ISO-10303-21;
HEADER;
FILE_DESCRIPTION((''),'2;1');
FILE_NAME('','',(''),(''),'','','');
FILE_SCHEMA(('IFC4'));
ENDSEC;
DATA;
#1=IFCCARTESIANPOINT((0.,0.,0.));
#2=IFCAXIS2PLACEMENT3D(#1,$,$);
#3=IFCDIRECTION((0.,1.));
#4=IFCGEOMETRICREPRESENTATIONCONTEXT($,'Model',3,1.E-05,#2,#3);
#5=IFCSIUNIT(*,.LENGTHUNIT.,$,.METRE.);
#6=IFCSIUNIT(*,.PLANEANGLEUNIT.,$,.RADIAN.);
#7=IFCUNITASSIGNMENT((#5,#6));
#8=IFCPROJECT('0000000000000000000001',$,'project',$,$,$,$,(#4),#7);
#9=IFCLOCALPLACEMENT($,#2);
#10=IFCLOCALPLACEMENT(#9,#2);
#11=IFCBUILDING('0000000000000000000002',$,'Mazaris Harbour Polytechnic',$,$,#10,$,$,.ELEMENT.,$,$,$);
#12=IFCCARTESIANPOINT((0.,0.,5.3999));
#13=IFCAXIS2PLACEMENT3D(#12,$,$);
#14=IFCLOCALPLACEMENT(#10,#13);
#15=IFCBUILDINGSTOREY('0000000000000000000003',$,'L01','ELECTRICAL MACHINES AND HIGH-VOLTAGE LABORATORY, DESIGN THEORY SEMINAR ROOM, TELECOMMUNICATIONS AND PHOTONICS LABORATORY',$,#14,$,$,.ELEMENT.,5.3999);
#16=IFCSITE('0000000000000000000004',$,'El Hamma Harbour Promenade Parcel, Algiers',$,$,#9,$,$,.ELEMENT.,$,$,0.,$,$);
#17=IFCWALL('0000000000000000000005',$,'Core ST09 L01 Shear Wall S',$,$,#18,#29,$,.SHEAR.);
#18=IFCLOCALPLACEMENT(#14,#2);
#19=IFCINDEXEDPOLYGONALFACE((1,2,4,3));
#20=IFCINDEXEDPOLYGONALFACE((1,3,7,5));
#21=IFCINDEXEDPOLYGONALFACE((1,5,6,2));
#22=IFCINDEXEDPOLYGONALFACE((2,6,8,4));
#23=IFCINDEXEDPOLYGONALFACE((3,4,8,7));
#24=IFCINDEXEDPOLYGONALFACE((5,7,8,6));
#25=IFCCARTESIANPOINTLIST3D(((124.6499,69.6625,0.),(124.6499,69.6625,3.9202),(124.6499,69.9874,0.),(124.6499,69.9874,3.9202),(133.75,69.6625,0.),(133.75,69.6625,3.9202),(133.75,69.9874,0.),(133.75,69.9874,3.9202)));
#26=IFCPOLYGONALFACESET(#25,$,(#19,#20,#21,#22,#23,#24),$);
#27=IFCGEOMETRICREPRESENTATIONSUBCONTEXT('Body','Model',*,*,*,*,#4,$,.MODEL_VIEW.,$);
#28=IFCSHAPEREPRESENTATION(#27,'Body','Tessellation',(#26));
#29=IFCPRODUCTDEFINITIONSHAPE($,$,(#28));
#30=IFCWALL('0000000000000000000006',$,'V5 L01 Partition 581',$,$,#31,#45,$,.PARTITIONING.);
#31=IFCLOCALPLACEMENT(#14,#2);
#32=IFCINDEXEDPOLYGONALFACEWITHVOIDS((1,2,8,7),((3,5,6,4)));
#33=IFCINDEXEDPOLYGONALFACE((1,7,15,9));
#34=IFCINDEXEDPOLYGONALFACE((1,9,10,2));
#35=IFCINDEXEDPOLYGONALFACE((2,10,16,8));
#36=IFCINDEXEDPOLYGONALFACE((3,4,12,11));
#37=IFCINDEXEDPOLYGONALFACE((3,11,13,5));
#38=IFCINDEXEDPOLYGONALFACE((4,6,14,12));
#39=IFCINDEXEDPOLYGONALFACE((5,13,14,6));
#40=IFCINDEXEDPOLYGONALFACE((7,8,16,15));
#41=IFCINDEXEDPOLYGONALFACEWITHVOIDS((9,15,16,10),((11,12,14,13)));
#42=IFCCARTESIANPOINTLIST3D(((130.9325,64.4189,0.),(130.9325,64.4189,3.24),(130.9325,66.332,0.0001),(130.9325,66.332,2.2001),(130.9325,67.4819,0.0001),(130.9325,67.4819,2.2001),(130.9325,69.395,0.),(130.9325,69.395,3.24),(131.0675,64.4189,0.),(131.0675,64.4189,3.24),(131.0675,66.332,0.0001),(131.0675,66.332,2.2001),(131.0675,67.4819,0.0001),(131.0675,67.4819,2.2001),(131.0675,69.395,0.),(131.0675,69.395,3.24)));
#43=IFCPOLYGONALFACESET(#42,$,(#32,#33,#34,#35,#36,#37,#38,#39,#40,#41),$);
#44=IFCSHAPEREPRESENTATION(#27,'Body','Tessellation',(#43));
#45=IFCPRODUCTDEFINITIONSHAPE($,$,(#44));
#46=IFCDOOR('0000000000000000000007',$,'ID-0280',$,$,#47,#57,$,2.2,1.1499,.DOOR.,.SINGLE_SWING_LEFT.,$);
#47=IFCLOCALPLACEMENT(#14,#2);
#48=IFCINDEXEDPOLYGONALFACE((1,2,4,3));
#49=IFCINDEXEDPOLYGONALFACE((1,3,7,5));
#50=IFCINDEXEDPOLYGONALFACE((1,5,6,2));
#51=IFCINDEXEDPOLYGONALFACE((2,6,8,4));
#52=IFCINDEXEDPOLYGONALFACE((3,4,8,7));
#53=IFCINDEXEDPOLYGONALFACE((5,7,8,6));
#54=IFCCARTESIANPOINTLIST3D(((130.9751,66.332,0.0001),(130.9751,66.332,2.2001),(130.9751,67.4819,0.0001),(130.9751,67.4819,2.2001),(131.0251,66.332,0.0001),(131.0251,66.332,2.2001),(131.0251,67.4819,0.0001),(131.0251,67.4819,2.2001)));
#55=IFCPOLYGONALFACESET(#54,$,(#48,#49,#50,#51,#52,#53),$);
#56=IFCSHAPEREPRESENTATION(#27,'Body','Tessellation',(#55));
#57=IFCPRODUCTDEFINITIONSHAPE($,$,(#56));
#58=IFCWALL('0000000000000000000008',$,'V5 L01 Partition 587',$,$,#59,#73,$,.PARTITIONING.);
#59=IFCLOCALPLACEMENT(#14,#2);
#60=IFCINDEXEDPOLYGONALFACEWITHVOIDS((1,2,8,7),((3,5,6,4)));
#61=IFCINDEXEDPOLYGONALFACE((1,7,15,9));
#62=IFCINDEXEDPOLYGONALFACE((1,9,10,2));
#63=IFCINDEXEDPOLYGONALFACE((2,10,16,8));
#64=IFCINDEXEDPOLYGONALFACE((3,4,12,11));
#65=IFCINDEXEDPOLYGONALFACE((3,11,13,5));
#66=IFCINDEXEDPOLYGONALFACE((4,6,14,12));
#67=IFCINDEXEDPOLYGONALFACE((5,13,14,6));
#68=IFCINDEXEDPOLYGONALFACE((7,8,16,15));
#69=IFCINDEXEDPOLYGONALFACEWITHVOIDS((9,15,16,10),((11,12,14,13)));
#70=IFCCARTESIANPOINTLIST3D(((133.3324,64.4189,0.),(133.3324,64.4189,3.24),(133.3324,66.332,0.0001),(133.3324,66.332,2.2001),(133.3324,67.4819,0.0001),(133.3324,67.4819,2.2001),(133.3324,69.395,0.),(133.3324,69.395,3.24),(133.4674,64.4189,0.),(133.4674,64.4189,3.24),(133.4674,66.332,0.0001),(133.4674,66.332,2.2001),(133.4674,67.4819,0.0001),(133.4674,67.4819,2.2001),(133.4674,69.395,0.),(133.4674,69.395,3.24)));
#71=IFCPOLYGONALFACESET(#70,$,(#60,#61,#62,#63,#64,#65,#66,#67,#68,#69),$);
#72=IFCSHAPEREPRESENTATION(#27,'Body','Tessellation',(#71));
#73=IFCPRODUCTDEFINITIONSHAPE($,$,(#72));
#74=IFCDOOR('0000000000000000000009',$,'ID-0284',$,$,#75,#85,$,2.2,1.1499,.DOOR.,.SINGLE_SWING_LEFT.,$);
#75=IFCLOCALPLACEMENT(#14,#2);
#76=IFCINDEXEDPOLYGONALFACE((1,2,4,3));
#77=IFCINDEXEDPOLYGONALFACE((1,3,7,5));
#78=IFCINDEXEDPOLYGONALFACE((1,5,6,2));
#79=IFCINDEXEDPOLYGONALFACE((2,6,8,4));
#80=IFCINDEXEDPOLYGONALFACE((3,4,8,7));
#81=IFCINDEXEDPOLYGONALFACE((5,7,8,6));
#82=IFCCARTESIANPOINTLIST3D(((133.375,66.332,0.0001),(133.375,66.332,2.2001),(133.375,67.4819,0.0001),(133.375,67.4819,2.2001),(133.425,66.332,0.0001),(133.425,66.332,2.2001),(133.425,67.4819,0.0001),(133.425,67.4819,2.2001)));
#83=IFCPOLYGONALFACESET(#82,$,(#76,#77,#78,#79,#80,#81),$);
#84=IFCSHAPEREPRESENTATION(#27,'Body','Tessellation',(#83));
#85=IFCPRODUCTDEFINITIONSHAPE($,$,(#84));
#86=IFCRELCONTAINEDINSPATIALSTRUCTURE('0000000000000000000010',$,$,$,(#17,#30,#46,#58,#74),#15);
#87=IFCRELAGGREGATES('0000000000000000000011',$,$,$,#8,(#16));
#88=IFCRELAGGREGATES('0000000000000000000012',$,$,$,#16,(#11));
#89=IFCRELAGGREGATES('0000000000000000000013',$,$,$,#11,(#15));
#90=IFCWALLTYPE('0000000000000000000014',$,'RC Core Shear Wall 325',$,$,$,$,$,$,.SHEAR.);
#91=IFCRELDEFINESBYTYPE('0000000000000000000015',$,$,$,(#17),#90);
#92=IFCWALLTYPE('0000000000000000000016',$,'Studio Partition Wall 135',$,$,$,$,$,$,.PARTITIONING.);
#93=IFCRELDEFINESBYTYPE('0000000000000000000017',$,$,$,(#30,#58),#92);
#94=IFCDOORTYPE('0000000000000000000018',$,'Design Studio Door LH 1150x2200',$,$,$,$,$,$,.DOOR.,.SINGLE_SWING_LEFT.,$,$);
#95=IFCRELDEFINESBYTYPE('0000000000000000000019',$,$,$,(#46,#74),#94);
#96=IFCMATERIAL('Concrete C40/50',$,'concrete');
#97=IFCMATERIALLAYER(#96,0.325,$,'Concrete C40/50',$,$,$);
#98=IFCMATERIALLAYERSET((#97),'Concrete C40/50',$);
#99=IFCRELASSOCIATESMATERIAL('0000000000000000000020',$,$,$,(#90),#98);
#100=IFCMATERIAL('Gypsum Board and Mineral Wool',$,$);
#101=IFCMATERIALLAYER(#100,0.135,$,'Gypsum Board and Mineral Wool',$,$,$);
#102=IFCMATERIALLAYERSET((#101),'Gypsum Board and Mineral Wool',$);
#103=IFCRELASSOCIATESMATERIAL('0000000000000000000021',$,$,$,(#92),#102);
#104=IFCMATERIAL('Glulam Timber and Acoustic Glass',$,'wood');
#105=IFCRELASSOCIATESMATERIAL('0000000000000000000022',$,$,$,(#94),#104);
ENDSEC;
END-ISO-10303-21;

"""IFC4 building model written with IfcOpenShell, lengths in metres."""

from ifc_helpers import new_model, si_unit, direction, frame, frame_2d, origin, place, context, subcontext, project, spatial, rectangle, extrude, material, layer, layer_set, type_object, element, fill, save


model = new_model("IFC4")

# Units and contexts
model_context = context("Model", 3, precision=1e-05, world=origin(), true_north=direction((0.0, 1.0)))
body_context = subcontext(model_context, "Body", "Model", "MODEL_VIEW")
ifc_project = project(units=[si_unit("LENGTHUNIT", "METRE"), si_unit("PLANEANGLEUNIT", "RADIAN")], contexts=[model_context])

# Site, building, storey
site_placement = place(None, origin())
site = spatial("IfcSite", under=ifc_project, at=site_placement, Name="El Hamma Harbour Promenade Parcel, Algiers", CompositionType="ELEMENT", RefElevation=0.0)
building_placement = place(site_placement, origin())
building = spatial("IfcBuilding", under=site, at=building_placement, Name="Mazaris Harbour Polytechnic", CompositionType="ELEMENT")
storey_placement = place(building_placement, frame((0.0, 0.0, 5.3999)))
storey = spatial("IfcBuildingStorey", under=building, at=storey_placement, Name="L01", Description="ELECTRICAL MACHINES AND HIGH-VOLTAGE LABORATORY, DESIGN THEORY SEMINAR ROOM, TELECOMMUNICATIONS AND PHOTONICS LABORATORY", CompositionType="ELEMENT", Elevation=5.3999)

# Wall
ifc_material_1 = material(Name="Concrete C40/50", Category="concrete")
ifc_layer_1 = layer(ifc_material_1, 0.325, Name="Concrete C40/50")
ifc_layer_set_1 = layer_set([ifc_layer_1], Name="Concrete C40/50")
wall_type_1 = type_object("IfcWallType", Name="RC Core Shear Wall 325", PredefinedType="SHEAR", material=ifc_layer_set_1)
wall_1_placement = place(storey_placement, frame((124.6499, 69.825, 0.0), z_axis=(0.0, 0.0, 1.0), x_axis=(1.0, 0.0, 0.0)))
element("IfcWall", 1, at=wall_1_placement, inside=storey, type_object=wall_type_1, Name="Core ST09 L01 Shear Wall S", PredefinedType="SHEAR", context=body_context, shape_type="SweptSolid", body=[
    extrude(rectangle(XDim=9.1001, YDim=0.325, at=frame_2d((4.55, 0.0))), origin(), (0.0, 0.0, 1.0), 3.9202),
])

# Walls, openings, doors
ifc_material_2 = material(Name="Gypsum Board and Mineral Wool")
ifc_layer_2 = layer(ifc_material_2, 0.135, Name="Gypsum Board and Mineral Wool")
ifc_layer_set_2 = layer_set([ifc_layer_2], Name="Gypsum Board and Mineral Wool")
wall_type_2 = type_object("IfcWallType", Name="Studio Partition Wall 135", PredefinedType="PARTITIONING", material=ifc_layer_set_2)
wall_2_placement = place(storey_placement, frame((131.0, 64.4189, 0.0), z_axis=(0.0, 0.0, 1.0), x_axis=(0.0, 1.0, 0.0)))
wall_2 = element("IfcWall", 2, at=wall_2_placement, inside=storey, type_object=wall_type_2, Name="V5 L01 Partition 581", PredefinedType="PARTITIONING", context=body_context, shape_type="SweptSolid", body=[
    extrude(rectangle(XDim=4.9761, YDim=0.135, at=frame_2d((2.488, 0.0))), origin(), (0.0, 0.0, 1.0), 3.24),
])
opening_1_placement = place(wall_2_placement, frame((1.9131, 0.0, 0.0)))
opening_1 = element("IfcOpeningElement", 3, at=opening_1_placement, cuts=wall_2, PredefinedType="OPENING", context=body_context, shape_type="SweptSolid", body=[
    extrude(rectangle(XDim=1.1499, YDim=2.2, at=frame_2d((0.575, 1.1001))), frame((0.0, 0.0774, 0.0), z_axis=(0.0, -1.0, 0.0), x_axis=(1.0, 0.0, 0.0)), (0.0, 0.0, 1.0), 0.155),
])
ifc_material_3 = material(Name="Glulam Timber and Acoustic Glass", Category="wood")
door_type = type_object("IfcDoorType", Name="Design Studio Door LH 1150x2200", OperationType="SINGLE_SWING_LEFT", PredefinedType="DOOR", material=ifc_material_3)
door_1_placement = place(opening_1_placement, origin())
door_1 = element("IfcDoor", 4, at=door_1_placement, inside=storey, type_object=door_type, Name="ID-0280", OperationType="SINGLE_SWING_LEFT", OverallHeight=2.2, OverallWidth=1.1499, PredefinedType="DOOR", context=body_context, shape_type="SweptSolid", body=[
    extrude(rectangle(XDim=1.1499, YDim=2.2, at=frame_2d((0.575, 1.1001))), frame((0.0, 0.0249, 0.0), z_axis=(0.0, -1.0, 0.0), x_axis=(1.0, 0.0, 0.0)), (0.0, 0.0, 1.0), 0.05),
])
fill(opening_1, door_1)
wall_3_placement = place(storey_placement, frame((133.3999, 64.4189, 0.0), z_axis=(0.0, 0.0, 1.0), x_axis=(0.0, 1.0, 0.0)))
wall_3 = element("IfcWall", 5, at=wall_3_placement, inside=storey, type_object=wall_type_2, Name="V5 L01 Partition 587", PredefinedType="PARTITIONING", context=body_context, shape_type="SweptSolid", body=[
    extrude(rectangle(XDim=4.9761, YDim=0.135, at=frame_2d((2.488, 0.0))), origin(), (0.0, 0.0, 1.0), 3.24),
])
opening_2_placement = place(wall_3_placement, frame((1.9131, 0.0, 0.0)))
opening_2 = element("IfcOpeningElement", 6, at=opening_2_placement, cuts=wall_3, PredefinedType="OPENING", context=body_context, shape_type="SweptSolid", body=[
    extrude(rectangle(XDim=1.1499, YDim=2.2, at=frame_2d((0.575, 1.1001))), frame((0.0, 0.0774, 0.0), z_axis=(0.0, -1.0, 0.0), x_axis=(1.0, 0.0, 0.0)), (0.0, 0.0, 1.0), 0.155),
])
door_2_placement = place(opening_2_placement, origin())
door_2 = element("IfcDoor", 7, at=door_2_placement, inside=storey, type_object=door_type, Name="ID-0284", OperationType="SINGLE_SWING_LEFT", OverallHeight=2.2, OverallWidth=1.1499, PredefinedType="DOOR", context=body_context, shape_type="SweptSolid", body=[
    extrude(rectangle(XDim=1.1499, YDim=2.2, at=frame_2d((0.575, 1.1001))), frame((0.0, 0.0249, 0.0), z_axis=(0.0, -1.0, 0.0), x_axis=(1.0, 0.0, 0.0)), (0.0, 0.0, 1.0), 0.05),
])
fill(opening_2, door_2)

save(model, "model.ifc")
